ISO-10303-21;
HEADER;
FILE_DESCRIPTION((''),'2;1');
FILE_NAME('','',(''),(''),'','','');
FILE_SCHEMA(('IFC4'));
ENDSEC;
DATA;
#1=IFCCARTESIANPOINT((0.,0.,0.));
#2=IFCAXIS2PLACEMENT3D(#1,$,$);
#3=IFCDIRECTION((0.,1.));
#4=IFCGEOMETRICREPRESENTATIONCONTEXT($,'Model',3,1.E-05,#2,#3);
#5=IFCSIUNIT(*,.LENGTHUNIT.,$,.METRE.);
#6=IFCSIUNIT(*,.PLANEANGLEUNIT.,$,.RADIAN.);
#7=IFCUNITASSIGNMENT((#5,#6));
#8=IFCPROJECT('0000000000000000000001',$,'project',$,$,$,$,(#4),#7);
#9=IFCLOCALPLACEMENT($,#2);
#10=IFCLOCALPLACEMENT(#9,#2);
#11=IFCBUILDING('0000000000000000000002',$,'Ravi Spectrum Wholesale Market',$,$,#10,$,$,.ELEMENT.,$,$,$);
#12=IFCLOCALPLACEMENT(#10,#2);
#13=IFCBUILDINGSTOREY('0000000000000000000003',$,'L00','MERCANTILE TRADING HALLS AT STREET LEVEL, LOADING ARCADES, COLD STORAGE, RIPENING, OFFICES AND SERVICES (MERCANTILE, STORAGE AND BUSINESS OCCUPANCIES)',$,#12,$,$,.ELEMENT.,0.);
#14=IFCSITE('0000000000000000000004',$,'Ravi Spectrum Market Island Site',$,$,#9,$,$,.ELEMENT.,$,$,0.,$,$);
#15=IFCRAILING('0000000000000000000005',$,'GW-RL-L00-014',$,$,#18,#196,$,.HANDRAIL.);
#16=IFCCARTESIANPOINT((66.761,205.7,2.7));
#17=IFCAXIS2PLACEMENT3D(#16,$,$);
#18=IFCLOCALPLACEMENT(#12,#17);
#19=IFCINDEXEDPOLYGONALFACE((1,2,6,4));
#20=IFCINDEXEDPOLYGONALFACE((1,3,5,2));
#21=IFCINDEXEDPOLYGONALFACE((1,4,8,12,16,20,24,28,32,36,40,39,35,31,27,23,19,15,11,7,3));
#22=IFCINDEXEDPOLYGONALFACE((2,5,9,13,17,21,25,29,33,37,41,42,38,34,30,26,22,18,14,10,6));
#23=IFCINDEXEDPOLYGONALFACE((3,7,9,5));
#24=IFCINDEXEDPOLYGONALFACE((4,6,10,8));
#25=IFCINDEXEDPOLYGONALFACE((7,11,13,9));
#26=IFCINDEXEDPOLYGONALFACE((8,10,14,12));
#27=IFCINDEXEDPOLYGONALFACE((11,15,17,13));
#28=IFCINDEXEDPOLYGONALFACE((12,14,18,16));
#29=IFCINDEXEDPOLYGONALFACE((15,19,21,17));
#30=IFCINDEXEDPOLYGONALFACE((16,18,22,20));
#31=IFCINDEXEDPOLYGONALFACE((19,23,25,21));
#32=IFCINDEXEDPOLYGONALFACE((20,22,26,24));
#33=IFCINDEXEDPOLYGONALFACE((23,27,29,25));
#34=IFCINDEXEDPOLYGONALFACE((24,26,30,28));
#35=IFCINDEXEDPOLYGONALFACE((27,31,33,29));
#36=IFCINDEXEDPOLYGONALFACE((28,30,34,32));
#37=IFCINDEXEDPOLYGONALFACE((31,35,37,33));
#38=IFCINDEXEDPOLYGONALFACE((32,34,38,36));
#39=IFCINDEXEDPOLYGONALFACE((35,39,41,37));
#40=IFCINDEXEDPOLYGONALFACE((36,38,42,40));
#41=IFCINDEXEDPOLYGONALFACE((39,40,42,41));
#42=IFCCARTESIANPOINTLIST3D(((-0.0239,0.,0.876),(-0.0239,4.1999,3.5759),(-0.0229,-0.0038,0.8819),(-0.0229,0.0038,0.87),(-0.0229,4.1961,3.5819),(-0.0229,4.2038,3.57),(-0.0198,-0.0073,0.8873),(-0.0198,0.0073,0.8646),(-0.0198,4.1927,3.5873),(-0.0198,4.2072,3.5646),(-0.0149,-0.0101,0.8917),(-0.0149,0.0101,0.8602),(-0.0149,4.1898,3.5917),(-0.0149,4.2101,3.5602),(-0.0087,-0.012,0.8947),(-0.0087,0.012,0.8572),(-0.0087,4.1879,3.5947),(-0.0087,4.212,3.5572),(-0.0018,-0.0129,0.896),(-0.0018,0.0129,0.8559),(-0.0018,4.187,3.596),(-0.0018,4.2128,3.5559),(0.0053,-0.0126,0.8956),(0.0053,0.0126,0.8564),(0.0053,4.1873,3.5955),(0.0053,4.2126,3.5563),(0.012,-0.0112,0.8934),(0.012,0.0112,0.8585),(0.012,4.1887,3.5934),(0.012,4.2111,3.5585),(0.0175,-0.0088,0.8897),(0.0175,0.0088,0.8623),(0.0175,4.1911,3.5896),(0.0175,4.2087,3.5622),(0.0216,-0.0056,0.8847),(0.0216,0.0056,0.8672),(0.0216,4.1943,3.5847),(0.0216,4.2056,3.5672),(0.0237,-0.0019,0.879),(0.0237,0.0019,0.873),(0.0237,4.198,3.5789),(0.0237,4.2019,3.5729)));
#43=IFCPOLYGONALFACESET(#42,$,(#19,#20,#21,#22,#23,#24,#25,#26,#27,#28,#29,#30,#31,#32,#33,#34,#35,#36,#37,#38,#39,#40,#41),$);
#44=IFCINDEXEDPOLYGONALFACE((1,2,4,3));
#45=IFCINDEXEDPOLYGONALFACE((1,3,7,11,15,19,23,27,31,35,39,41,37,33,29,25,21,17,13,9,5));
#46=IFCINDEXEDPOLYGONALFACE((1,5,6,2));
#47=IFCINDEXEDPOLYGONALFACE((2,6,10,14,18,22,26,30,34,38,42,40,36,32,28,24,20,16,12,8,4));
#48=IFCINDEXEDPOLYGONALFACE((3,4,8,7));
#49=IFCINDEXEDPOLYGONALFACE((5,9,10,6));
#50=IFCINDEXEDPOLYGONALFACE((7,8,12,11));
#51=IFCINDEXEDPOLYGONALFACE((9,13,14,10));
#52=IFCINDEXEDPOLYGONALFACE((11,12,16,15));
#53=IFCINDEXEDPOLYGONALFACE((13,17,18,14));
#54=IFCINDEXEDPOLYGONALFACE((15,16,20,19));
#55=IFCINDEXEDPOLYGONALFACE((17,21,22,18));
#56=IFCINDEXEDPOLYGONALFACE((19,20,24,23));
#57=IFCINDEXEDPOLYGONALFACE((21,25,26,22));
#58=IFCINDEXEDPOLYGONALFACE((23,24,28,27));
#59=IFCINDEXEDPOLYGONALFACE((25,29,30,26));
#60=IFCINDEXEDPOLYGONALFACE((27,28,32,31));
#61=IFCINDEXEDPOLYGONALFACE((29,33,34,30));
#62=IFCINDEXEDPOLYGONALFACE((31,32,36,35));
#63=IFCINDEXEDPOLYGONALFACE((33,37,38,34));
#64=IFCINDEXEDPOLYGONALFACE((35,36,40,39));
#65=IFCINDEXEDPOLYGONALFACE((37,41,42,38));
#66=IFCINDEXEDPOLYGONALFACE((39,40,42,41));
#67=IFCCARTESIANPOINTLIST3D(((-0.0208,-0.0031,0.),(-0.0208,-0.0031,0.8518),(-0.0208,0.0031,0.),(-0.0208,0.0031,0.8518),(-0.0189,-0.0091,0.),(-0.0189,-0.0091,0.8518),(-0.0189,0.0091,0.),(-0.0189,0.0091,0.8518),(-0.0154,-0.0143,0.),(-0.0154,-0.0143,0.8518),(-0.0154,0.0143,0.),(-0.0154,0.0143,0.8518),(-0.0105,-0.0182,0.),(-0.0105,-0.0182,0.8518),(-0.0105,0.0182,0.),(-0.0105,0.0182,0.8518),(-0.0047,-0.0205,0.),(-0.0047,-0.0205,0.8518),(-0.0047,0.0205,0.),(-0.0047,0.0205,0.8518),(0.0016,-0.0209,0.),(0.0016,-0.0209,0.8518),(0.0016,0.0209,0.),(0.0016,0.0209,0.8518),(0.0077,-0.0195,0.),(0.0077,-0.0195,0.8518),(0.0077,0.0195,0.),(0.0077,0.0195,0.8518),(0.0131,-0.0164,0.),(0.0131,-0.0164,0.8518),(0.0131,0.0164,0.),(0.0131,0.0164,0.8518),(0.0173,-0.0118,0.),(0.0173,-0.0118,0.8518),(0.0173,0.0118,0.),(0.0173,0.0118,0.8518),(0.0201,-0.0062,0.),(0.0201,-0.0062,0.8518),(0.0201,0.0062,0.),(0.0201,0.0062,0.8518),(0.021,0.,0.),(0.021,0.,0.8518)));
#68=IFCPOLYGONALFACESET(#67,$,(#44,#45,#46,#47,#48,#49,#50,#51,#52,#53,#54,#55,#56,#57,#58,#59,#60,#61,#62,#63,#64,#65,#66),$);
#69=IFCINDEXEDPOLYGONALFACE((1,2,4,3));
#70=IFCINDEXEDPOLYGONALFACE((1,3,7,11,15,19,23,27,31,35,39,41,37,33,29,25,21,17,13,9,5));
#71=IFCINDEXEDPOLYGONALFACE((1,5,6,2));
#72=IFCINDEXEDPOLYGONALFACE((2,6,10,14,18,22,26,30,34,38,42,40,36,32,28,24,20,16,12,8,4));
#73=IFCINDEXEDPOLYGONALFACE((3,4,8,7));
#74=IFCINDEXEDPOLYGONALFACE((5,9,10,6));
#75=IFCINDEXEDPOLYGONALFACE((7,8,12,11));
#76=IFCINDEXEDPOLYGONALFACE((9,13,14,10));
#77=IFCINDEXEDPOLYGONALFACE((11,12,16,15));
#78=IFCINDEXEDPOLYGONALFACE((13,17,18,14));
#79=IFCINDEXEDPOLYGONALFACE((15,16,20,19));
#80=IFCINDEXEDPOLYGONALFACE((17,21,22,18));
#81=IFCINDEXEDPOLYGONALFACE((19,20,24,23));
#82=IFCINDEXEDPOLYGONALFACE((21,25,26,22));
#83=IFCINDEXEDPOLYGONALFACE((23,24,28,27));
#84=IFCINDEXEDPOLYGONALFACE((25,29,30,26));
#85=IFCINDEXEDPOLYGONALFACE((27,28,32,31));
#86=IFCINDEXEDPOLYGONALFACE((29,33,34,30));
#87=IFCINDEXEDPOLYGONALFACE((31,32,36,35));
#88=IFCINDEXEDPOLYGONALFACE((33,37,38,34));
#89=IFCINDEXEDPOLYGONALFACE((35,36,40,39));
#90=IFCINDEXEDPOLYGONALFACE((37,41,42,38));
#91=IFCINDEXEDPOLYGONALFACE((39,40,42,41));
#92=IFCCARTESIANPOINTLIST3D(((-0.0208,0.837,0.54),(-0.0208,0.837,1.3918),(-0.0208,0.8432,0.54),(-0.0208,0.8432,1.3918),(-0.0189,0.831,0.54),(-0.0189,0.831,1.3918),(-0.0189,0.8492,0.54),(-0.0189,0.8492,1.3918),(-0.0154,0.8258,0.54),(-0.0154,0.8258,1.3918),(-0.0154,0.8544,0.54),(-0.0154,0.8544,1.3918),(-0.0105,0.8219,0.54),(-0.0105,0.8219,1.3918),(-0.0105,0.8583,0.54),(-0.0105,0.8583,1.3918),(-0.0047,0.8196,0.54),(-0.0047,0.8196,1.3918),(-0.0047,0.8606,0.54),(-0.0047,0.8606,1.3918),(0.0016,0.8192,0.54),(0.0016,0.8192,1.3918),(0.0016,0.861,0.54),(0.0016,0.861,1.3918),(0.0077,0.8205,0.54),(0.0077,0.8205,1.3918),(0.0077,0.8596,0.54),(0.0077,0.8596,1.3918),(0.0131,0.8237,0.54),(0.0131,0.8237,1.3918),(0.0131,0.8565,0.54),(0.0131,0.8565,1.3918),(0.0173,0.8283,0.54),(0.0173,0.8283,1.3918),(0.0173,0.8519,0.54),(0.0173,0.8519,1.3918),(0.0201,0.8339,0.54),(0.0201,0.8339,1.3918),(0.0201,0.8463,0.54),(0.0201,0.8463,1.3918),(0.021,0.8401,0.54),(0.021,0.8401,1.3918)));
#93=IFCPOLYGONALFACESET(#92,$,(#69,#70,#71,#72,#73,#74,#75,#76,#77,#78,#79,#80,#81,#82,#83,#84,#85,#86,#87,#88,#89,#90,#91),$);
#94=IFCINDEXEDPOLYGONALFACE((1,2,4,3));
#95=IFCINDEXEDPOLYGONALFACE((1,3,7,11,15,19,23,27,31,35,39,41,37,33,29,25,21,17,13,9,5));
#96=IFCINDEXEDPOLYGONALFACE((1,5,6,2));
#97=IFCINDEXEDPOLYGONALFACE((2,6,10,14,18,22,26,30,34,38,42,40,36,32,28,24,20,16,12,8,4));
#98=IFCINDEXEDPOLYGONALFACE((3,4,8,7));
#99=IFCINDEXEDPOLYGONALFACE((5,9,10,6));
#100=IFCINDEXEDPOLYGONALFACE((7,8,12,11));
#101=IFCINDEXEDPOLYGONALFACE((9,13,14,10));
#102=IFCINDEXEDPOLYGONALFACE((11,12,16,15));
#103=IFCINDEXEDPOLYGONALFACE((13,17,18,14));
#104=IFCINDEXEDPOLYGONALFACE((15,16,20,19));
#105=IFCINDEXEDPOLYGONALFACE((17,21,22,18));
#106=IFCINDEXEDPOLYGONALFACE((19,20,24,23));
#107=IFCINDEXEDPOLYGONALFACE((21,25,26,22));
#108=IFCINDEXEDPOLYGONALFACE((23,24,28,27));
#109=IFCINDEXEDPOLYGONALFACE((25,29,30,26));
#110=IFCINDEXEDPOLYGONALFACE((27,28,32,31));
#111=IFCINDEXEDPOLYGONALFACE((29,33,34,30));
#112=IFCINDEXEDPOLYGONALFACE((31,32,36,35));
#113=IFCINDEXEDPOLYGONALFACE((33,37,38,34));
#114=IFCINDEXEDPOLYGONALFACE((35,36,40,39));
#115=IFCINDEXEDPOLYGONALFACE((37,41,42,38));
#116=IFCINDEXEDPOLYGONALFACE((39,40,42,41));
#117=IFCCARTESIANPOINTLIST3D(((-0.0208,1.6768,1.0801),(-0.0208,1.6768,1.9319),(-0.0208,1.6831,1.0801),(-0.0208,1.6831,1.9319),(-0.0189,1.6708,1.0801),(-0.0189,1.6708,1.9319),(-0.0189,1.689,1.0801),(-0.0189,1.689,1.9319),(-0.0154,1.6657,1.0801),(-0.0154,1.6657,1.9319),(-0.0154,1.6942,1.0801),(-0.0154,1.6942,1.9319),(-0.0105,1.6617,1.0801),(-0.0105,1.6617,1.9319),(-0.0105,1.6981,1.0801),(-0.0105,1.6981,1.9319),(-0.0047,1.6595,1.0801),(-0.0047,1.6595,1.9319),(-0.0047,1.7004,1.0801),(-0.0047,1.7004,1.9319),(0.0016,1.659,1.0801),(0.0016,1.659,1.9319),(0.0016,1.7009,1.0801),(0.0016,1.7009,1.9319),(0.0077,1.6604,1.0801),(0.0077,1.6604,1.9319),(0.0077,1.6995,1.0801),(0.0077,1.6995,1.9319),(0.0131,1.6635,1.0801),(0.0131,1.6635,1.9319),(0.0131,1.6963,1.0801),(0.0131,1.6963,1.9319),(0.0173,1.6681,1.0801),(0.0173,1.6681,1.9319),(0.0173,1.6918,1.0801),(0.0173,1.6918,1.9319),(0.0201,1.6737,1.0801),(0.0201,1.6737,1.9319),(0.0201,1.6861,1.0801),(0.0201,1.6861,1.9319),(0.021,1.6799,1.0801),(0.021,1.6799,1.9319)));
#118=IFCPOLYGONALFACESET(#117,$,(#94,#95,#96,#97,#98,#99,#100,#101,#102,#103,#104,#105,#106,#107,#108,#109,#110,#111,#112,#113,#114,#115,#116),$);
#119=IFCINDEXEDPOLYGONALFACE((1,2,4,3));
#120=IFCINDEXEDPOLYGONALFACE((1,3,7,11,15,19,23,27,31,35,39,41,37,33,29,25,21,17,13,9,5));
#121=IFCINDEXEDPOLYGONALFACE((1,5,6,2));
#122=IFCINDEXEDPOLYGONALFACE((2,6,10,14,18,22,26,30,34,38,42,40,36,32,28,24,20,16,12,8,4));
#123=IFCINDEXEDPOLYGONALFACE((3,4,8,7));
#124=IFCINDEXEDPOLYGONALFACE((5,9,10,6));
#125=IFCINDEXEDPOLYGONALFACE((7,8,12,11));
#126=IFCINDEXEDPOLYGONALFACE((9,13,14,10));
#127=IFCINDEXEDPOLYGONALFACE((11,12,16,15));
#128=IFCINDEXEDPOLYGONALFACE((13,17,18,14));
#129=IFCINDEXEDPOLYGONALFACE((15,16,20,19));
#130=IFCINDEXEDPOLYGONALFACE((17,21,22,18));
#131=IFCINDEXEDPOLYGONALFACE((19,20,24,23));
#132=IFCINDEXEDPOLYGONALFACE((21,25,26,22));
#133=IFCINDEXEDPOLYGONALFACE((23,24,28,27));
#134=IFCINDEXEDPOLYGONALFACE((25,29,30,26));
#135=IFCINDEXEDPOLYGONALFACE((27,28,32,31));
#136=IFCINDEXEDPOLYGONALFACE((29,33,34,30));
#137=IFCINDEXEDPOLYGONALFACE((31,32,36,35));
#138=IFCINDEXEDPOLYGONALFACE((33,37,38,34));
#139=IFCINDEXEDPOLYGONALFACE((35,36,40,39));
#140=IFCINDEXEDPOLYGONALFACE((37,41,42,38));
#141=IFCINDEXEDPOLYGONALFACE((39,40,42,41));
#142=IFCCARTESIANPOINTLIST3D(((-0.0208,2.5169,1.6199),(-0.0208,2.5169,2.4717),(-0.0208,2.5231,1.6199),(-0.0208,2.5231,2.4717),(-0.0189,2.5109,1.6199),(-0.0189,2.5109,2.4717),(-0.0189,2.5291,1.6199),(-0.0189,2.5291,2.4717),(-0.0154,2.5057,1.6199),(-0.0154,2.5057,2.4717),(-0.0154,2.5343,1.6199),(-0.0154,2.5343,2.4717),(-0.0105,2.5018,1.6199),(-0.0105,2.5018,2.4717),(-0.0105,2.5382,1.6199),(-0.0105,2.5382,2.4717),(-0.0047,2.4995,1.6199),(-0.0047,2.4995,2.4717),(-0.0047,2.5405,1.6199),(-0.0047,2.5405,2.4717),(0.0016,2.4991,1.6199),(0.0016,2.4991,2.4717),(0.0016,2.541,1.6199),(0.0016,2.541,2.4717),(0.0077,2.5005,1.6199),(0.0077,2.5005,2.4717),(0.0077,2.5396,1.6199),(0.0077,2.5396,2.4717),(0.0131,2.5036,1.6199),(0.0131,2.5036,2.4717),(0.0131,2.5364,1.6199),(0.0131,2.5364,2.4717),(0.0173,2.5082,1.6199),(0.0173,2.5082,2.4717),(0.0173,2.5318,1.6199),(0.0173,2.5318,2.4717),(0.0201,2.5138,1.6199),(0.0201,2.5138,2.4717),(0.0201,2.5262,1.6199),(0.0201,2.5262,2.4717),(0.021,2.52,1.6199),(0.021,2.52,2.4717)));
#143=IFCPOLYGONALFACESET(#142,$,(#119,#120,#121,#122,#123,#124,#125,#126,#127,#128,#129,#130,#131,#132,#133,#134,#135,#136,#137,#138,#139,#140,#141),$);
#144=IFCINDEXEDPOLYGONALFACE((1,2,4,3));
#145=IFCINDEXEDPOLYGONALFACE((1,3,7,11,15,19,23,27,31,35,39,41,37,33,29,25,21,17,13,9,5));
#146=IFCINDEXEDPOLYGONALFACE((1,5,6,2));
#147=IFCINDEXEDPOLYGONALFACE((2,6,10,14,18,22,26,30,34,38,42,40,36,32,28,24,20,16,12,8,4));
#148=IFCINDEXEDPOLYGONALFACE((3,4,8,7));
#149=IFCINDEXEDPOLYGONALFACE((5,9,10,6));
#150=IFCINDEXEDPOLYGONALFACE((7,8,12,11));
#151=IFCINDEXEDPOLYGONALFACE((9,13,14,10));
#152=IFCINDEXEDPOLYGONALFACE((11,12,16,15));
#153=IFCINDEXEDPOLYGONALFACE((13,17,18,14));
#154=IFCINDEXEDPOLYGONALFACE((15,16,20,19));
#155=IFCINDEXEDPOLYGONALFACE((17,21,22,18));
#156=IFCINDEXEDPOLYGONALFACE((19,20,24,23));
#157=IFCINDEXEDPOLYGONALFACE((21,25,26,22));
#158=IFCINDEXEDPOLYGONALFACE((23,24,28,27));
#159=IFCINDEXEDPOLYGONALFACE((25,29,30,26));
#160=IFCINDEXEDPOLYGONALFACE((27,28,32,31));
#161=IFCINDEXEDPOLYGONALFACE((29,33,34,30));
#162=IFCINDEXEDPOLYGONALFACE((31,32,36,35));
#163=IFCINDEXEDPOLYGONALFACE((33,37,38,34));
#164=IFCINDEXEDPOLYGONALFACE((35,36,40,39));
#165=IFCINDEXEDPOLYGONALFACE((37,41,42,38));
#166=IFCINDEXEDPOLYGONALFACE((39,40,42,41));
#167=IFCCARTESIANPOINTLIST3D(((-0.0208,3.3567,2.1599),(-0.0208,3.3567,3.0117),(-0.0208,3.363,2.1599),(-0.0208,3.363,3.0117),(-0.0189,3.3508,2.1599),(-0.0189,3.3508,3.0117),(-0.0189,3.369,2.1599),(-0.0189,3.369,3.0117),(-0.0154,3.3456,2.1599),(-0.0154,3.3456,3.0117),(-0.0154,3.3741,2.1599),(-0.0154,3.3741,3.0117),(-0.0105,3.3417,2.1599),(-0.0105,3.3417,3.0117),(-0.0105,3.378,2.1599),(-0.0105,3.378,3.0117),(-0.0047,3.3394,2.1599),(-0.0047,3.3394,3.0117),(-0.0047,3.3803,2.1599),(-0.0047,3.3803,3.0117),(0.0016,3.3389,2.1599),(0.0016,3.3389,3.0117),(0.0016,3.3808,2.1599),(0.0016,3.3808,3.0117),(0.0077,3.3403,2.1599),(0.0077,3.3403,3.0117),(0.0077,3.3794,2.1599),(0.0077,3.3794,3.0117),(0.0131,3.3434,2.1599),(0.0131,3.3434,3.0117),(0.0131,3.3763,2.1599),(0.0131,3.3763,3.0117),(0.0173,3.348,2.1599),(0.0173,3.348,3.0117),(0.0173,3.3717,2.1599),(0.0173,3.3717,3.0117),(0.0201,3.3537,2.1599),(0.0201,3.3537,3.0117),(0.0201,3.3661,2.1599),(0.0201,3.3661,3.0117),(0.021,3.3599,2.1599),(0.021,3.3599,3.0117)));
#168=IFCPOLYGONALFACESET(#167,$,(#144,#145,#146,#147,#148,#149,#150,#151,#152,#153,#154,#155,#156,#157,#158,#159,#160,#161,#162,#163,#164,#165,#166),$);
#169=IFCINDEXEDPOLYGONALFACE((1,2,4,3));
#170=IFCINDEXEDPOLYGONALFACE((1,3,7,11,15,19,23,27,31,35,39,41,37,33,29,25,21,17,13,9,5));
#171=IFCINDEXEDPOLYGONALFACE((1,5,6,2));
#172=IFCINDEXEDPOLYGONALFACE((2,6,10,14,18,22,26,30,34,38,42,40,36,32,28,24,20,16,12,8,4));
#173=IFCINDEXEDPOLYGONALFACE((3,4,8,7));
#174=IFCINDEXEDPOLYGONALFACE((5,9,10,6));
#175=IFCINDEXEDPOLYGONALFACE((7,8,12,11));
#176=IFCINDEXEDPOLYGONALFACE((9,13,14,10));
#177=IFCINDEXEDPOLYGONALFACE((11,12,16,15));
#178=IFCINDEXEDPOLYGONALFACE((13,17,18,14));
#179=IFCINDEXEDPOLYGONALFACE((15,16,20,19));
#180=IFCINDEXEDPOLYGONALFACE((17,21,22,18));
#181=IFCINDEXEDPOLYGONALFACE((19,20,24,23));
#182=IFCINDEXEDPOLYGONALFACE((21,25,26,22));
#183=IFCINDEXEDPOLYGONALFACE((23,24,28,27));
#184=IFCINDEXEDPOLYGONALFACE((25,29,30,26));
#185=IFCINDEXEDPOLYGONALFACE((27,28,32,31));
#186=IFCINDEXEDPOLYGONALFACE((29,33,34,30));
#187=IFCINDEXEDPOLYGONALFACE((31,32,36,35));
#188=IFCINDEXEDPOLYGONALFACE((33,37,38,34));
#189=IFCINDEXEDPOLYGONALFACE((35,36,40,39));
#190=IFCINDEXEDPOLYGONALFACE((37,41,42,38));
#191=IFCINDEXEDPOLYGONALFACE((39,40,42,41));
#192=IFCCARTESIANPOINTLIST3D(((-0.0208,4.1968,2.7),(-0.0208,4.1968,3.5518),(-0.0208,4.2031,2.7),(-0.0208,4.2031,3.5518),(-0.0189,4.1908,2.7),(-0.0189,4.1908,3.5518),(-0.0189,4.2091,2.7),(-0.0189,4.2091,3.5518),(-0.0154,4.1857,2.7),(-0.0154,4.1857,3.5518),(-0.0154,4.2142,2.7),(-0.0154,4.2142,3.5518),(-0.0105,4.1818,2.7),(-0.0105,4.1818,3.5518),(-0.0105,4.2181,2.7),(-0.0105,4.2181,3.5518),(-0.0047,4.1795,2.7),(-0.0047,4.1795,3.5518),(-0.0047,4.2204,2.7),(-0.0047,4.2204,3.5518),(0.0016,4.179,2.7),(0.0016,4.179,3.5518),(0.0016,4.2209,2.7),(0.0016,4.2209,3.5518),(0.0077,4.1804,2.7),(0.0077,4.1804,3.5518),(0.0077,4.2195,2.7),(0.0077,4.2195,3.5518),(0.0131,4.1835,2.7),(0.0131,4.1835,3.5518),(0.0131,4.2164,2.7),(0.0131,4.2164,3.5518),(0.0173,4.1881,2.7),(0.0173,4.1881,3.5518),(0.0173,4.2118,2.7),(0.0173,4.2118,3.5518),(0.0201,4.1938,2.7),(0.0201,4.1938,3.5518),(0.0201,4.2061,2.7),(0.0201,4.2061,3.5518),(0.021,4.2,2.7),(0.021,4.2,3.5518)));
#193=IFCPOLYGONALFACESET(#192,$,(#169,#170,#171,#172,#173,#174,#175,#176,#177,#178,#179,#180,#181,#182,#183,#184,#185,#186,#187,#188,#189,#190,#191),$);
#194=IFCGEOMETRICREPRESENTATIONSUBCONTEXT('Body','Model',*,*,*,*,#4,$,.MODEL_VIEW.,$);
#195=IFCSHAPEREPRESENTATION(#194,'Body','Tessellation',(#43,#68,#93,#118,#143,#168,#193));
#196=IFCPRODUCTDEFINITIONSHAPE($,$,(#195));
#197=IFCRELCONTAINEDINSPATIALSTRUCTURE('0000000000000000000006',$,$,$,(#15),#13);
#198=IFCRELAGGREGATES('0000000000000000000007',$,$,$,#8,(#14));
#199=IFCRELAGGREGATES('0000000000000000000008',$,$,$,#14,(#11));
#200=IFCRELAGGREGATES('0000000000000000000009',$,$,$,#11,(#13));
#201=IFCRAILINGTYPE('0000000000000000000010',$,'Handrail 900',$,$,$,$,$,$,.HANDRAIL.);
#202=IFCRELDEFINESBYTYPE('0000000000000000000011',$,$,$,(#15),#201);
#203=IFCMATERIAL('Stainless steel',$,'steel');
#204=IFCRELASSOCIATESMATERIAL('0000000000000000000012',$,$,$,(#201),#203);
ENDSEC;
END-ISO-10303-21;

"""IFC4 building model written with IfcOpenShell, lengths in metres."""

from ifc_helpers import new_model, si_unit, direction, frame, origin, origin_2d, place, context, subcontext, project, spatial, circle, extrude, material, type_object, element, save


model = new_model("IFC4")

# Units and contexts
model_context = context("Model", 3, precision=1e-05, world=origin(), true_north=direction((0.0, 1.0)))
body_context = subcontext(model_context, "Body", "Model", "MODEL_VIEW")
ifc_project = project(units=[si_unit("LENGTHUNIT", "METRE"), si_unit("PLANEANGLEUNIT", "RADIAN")], contexts=[model_context])

# Site, building, storey
site_placement = place(None, origin())
site = spatial("IfcSite", under=ifc_project, at=site_placement, Name="Ravi Spectrum Market Island Site", CompositionType="ELEMENT", RefElevation=0.0)
building_placement = place(site_placement, origin())
building = spatial("IfcBuilding", under=site, at=building_placement, Name="Ravi Spectrum Wholesale Market", CompositionType="ELEMENT")
storey_placement = place(building_placement, origin())
storey = spatial("IfcBuildingStorey", under=building, at=storey_placement, Name="L00", Description="MERCANTILE TRADING HALLS AT STREET LEVEL, LOADING ARCADES, COLD STORAGE, RIPENING, OFFICES AND SERVICES (MERCANTILE, STORAGE AND BUSINESS OCCUPANCIES)", CompositionType="ELEMENT", Elevation=0.0)

# Railing
ifc_material_1 = material(Name="Stainless steel", Category="steel")
railing_type = type_object("IfcRailingType", Name="Handrail 900", PredefinedType="HANDRAIL", material=ifc_material_1)
for number, where, name in (
    (1, (66.761, 205.7, 2.7), "GW-RL-L00-014"),
):
    element("IfcRailing", number, at=place(storey_placement, frame(where)), inside=storey, type_object=railing_type, Name=name, PredefinedType="HANDRAIL", context=body_context, shape_type="SweptSolid", body=[
        extrude(circle(Radius=0.0239, at=origin_2d()), frame((0.0, 0.0, 0.876), z_axis=(0.0, 0.84118, 0.540755), x_axis=(-1.0, 0.0, 0.0)), (0.0, 0.0, 1.0), 4.9929),
        extrude(circle(Radius=0.021, at=origin_2d()), origin(), (0.0, 0.0, 1.0), 0.8518),
        extrude(circle(Radius=0.021, at=origin_2d()), frame((0.0, 0.8401, 0.54)), (0.0, 0.0, 1.0), 0.8518),
        extrude(circle(Radius=0.021, at=origin_2d()), frame((0.0, 1.6799, 1.0801)), (0.0, 0.0, 1.0), 0.8518),
        extrude(circle(Radius=0.021, at=origin_2d()), frame((0.0, 2.52, 1.6199)), (0.0, 0.0, 1.0), 0.8518),
        extrude(circle(Radius=0.021, at=origin_2d()), frame((0.0, 3.3599, 2.1599)), (0.0, 0.0, 1.0), 0.8518),
        extrude(circle(Radius=0.021, at=origin_2d()), frame((0.0, 4.2, 2.7)), (0.0, 0.0, 1.0), 0.8518),
    ])

save(model, "model.ifc")
